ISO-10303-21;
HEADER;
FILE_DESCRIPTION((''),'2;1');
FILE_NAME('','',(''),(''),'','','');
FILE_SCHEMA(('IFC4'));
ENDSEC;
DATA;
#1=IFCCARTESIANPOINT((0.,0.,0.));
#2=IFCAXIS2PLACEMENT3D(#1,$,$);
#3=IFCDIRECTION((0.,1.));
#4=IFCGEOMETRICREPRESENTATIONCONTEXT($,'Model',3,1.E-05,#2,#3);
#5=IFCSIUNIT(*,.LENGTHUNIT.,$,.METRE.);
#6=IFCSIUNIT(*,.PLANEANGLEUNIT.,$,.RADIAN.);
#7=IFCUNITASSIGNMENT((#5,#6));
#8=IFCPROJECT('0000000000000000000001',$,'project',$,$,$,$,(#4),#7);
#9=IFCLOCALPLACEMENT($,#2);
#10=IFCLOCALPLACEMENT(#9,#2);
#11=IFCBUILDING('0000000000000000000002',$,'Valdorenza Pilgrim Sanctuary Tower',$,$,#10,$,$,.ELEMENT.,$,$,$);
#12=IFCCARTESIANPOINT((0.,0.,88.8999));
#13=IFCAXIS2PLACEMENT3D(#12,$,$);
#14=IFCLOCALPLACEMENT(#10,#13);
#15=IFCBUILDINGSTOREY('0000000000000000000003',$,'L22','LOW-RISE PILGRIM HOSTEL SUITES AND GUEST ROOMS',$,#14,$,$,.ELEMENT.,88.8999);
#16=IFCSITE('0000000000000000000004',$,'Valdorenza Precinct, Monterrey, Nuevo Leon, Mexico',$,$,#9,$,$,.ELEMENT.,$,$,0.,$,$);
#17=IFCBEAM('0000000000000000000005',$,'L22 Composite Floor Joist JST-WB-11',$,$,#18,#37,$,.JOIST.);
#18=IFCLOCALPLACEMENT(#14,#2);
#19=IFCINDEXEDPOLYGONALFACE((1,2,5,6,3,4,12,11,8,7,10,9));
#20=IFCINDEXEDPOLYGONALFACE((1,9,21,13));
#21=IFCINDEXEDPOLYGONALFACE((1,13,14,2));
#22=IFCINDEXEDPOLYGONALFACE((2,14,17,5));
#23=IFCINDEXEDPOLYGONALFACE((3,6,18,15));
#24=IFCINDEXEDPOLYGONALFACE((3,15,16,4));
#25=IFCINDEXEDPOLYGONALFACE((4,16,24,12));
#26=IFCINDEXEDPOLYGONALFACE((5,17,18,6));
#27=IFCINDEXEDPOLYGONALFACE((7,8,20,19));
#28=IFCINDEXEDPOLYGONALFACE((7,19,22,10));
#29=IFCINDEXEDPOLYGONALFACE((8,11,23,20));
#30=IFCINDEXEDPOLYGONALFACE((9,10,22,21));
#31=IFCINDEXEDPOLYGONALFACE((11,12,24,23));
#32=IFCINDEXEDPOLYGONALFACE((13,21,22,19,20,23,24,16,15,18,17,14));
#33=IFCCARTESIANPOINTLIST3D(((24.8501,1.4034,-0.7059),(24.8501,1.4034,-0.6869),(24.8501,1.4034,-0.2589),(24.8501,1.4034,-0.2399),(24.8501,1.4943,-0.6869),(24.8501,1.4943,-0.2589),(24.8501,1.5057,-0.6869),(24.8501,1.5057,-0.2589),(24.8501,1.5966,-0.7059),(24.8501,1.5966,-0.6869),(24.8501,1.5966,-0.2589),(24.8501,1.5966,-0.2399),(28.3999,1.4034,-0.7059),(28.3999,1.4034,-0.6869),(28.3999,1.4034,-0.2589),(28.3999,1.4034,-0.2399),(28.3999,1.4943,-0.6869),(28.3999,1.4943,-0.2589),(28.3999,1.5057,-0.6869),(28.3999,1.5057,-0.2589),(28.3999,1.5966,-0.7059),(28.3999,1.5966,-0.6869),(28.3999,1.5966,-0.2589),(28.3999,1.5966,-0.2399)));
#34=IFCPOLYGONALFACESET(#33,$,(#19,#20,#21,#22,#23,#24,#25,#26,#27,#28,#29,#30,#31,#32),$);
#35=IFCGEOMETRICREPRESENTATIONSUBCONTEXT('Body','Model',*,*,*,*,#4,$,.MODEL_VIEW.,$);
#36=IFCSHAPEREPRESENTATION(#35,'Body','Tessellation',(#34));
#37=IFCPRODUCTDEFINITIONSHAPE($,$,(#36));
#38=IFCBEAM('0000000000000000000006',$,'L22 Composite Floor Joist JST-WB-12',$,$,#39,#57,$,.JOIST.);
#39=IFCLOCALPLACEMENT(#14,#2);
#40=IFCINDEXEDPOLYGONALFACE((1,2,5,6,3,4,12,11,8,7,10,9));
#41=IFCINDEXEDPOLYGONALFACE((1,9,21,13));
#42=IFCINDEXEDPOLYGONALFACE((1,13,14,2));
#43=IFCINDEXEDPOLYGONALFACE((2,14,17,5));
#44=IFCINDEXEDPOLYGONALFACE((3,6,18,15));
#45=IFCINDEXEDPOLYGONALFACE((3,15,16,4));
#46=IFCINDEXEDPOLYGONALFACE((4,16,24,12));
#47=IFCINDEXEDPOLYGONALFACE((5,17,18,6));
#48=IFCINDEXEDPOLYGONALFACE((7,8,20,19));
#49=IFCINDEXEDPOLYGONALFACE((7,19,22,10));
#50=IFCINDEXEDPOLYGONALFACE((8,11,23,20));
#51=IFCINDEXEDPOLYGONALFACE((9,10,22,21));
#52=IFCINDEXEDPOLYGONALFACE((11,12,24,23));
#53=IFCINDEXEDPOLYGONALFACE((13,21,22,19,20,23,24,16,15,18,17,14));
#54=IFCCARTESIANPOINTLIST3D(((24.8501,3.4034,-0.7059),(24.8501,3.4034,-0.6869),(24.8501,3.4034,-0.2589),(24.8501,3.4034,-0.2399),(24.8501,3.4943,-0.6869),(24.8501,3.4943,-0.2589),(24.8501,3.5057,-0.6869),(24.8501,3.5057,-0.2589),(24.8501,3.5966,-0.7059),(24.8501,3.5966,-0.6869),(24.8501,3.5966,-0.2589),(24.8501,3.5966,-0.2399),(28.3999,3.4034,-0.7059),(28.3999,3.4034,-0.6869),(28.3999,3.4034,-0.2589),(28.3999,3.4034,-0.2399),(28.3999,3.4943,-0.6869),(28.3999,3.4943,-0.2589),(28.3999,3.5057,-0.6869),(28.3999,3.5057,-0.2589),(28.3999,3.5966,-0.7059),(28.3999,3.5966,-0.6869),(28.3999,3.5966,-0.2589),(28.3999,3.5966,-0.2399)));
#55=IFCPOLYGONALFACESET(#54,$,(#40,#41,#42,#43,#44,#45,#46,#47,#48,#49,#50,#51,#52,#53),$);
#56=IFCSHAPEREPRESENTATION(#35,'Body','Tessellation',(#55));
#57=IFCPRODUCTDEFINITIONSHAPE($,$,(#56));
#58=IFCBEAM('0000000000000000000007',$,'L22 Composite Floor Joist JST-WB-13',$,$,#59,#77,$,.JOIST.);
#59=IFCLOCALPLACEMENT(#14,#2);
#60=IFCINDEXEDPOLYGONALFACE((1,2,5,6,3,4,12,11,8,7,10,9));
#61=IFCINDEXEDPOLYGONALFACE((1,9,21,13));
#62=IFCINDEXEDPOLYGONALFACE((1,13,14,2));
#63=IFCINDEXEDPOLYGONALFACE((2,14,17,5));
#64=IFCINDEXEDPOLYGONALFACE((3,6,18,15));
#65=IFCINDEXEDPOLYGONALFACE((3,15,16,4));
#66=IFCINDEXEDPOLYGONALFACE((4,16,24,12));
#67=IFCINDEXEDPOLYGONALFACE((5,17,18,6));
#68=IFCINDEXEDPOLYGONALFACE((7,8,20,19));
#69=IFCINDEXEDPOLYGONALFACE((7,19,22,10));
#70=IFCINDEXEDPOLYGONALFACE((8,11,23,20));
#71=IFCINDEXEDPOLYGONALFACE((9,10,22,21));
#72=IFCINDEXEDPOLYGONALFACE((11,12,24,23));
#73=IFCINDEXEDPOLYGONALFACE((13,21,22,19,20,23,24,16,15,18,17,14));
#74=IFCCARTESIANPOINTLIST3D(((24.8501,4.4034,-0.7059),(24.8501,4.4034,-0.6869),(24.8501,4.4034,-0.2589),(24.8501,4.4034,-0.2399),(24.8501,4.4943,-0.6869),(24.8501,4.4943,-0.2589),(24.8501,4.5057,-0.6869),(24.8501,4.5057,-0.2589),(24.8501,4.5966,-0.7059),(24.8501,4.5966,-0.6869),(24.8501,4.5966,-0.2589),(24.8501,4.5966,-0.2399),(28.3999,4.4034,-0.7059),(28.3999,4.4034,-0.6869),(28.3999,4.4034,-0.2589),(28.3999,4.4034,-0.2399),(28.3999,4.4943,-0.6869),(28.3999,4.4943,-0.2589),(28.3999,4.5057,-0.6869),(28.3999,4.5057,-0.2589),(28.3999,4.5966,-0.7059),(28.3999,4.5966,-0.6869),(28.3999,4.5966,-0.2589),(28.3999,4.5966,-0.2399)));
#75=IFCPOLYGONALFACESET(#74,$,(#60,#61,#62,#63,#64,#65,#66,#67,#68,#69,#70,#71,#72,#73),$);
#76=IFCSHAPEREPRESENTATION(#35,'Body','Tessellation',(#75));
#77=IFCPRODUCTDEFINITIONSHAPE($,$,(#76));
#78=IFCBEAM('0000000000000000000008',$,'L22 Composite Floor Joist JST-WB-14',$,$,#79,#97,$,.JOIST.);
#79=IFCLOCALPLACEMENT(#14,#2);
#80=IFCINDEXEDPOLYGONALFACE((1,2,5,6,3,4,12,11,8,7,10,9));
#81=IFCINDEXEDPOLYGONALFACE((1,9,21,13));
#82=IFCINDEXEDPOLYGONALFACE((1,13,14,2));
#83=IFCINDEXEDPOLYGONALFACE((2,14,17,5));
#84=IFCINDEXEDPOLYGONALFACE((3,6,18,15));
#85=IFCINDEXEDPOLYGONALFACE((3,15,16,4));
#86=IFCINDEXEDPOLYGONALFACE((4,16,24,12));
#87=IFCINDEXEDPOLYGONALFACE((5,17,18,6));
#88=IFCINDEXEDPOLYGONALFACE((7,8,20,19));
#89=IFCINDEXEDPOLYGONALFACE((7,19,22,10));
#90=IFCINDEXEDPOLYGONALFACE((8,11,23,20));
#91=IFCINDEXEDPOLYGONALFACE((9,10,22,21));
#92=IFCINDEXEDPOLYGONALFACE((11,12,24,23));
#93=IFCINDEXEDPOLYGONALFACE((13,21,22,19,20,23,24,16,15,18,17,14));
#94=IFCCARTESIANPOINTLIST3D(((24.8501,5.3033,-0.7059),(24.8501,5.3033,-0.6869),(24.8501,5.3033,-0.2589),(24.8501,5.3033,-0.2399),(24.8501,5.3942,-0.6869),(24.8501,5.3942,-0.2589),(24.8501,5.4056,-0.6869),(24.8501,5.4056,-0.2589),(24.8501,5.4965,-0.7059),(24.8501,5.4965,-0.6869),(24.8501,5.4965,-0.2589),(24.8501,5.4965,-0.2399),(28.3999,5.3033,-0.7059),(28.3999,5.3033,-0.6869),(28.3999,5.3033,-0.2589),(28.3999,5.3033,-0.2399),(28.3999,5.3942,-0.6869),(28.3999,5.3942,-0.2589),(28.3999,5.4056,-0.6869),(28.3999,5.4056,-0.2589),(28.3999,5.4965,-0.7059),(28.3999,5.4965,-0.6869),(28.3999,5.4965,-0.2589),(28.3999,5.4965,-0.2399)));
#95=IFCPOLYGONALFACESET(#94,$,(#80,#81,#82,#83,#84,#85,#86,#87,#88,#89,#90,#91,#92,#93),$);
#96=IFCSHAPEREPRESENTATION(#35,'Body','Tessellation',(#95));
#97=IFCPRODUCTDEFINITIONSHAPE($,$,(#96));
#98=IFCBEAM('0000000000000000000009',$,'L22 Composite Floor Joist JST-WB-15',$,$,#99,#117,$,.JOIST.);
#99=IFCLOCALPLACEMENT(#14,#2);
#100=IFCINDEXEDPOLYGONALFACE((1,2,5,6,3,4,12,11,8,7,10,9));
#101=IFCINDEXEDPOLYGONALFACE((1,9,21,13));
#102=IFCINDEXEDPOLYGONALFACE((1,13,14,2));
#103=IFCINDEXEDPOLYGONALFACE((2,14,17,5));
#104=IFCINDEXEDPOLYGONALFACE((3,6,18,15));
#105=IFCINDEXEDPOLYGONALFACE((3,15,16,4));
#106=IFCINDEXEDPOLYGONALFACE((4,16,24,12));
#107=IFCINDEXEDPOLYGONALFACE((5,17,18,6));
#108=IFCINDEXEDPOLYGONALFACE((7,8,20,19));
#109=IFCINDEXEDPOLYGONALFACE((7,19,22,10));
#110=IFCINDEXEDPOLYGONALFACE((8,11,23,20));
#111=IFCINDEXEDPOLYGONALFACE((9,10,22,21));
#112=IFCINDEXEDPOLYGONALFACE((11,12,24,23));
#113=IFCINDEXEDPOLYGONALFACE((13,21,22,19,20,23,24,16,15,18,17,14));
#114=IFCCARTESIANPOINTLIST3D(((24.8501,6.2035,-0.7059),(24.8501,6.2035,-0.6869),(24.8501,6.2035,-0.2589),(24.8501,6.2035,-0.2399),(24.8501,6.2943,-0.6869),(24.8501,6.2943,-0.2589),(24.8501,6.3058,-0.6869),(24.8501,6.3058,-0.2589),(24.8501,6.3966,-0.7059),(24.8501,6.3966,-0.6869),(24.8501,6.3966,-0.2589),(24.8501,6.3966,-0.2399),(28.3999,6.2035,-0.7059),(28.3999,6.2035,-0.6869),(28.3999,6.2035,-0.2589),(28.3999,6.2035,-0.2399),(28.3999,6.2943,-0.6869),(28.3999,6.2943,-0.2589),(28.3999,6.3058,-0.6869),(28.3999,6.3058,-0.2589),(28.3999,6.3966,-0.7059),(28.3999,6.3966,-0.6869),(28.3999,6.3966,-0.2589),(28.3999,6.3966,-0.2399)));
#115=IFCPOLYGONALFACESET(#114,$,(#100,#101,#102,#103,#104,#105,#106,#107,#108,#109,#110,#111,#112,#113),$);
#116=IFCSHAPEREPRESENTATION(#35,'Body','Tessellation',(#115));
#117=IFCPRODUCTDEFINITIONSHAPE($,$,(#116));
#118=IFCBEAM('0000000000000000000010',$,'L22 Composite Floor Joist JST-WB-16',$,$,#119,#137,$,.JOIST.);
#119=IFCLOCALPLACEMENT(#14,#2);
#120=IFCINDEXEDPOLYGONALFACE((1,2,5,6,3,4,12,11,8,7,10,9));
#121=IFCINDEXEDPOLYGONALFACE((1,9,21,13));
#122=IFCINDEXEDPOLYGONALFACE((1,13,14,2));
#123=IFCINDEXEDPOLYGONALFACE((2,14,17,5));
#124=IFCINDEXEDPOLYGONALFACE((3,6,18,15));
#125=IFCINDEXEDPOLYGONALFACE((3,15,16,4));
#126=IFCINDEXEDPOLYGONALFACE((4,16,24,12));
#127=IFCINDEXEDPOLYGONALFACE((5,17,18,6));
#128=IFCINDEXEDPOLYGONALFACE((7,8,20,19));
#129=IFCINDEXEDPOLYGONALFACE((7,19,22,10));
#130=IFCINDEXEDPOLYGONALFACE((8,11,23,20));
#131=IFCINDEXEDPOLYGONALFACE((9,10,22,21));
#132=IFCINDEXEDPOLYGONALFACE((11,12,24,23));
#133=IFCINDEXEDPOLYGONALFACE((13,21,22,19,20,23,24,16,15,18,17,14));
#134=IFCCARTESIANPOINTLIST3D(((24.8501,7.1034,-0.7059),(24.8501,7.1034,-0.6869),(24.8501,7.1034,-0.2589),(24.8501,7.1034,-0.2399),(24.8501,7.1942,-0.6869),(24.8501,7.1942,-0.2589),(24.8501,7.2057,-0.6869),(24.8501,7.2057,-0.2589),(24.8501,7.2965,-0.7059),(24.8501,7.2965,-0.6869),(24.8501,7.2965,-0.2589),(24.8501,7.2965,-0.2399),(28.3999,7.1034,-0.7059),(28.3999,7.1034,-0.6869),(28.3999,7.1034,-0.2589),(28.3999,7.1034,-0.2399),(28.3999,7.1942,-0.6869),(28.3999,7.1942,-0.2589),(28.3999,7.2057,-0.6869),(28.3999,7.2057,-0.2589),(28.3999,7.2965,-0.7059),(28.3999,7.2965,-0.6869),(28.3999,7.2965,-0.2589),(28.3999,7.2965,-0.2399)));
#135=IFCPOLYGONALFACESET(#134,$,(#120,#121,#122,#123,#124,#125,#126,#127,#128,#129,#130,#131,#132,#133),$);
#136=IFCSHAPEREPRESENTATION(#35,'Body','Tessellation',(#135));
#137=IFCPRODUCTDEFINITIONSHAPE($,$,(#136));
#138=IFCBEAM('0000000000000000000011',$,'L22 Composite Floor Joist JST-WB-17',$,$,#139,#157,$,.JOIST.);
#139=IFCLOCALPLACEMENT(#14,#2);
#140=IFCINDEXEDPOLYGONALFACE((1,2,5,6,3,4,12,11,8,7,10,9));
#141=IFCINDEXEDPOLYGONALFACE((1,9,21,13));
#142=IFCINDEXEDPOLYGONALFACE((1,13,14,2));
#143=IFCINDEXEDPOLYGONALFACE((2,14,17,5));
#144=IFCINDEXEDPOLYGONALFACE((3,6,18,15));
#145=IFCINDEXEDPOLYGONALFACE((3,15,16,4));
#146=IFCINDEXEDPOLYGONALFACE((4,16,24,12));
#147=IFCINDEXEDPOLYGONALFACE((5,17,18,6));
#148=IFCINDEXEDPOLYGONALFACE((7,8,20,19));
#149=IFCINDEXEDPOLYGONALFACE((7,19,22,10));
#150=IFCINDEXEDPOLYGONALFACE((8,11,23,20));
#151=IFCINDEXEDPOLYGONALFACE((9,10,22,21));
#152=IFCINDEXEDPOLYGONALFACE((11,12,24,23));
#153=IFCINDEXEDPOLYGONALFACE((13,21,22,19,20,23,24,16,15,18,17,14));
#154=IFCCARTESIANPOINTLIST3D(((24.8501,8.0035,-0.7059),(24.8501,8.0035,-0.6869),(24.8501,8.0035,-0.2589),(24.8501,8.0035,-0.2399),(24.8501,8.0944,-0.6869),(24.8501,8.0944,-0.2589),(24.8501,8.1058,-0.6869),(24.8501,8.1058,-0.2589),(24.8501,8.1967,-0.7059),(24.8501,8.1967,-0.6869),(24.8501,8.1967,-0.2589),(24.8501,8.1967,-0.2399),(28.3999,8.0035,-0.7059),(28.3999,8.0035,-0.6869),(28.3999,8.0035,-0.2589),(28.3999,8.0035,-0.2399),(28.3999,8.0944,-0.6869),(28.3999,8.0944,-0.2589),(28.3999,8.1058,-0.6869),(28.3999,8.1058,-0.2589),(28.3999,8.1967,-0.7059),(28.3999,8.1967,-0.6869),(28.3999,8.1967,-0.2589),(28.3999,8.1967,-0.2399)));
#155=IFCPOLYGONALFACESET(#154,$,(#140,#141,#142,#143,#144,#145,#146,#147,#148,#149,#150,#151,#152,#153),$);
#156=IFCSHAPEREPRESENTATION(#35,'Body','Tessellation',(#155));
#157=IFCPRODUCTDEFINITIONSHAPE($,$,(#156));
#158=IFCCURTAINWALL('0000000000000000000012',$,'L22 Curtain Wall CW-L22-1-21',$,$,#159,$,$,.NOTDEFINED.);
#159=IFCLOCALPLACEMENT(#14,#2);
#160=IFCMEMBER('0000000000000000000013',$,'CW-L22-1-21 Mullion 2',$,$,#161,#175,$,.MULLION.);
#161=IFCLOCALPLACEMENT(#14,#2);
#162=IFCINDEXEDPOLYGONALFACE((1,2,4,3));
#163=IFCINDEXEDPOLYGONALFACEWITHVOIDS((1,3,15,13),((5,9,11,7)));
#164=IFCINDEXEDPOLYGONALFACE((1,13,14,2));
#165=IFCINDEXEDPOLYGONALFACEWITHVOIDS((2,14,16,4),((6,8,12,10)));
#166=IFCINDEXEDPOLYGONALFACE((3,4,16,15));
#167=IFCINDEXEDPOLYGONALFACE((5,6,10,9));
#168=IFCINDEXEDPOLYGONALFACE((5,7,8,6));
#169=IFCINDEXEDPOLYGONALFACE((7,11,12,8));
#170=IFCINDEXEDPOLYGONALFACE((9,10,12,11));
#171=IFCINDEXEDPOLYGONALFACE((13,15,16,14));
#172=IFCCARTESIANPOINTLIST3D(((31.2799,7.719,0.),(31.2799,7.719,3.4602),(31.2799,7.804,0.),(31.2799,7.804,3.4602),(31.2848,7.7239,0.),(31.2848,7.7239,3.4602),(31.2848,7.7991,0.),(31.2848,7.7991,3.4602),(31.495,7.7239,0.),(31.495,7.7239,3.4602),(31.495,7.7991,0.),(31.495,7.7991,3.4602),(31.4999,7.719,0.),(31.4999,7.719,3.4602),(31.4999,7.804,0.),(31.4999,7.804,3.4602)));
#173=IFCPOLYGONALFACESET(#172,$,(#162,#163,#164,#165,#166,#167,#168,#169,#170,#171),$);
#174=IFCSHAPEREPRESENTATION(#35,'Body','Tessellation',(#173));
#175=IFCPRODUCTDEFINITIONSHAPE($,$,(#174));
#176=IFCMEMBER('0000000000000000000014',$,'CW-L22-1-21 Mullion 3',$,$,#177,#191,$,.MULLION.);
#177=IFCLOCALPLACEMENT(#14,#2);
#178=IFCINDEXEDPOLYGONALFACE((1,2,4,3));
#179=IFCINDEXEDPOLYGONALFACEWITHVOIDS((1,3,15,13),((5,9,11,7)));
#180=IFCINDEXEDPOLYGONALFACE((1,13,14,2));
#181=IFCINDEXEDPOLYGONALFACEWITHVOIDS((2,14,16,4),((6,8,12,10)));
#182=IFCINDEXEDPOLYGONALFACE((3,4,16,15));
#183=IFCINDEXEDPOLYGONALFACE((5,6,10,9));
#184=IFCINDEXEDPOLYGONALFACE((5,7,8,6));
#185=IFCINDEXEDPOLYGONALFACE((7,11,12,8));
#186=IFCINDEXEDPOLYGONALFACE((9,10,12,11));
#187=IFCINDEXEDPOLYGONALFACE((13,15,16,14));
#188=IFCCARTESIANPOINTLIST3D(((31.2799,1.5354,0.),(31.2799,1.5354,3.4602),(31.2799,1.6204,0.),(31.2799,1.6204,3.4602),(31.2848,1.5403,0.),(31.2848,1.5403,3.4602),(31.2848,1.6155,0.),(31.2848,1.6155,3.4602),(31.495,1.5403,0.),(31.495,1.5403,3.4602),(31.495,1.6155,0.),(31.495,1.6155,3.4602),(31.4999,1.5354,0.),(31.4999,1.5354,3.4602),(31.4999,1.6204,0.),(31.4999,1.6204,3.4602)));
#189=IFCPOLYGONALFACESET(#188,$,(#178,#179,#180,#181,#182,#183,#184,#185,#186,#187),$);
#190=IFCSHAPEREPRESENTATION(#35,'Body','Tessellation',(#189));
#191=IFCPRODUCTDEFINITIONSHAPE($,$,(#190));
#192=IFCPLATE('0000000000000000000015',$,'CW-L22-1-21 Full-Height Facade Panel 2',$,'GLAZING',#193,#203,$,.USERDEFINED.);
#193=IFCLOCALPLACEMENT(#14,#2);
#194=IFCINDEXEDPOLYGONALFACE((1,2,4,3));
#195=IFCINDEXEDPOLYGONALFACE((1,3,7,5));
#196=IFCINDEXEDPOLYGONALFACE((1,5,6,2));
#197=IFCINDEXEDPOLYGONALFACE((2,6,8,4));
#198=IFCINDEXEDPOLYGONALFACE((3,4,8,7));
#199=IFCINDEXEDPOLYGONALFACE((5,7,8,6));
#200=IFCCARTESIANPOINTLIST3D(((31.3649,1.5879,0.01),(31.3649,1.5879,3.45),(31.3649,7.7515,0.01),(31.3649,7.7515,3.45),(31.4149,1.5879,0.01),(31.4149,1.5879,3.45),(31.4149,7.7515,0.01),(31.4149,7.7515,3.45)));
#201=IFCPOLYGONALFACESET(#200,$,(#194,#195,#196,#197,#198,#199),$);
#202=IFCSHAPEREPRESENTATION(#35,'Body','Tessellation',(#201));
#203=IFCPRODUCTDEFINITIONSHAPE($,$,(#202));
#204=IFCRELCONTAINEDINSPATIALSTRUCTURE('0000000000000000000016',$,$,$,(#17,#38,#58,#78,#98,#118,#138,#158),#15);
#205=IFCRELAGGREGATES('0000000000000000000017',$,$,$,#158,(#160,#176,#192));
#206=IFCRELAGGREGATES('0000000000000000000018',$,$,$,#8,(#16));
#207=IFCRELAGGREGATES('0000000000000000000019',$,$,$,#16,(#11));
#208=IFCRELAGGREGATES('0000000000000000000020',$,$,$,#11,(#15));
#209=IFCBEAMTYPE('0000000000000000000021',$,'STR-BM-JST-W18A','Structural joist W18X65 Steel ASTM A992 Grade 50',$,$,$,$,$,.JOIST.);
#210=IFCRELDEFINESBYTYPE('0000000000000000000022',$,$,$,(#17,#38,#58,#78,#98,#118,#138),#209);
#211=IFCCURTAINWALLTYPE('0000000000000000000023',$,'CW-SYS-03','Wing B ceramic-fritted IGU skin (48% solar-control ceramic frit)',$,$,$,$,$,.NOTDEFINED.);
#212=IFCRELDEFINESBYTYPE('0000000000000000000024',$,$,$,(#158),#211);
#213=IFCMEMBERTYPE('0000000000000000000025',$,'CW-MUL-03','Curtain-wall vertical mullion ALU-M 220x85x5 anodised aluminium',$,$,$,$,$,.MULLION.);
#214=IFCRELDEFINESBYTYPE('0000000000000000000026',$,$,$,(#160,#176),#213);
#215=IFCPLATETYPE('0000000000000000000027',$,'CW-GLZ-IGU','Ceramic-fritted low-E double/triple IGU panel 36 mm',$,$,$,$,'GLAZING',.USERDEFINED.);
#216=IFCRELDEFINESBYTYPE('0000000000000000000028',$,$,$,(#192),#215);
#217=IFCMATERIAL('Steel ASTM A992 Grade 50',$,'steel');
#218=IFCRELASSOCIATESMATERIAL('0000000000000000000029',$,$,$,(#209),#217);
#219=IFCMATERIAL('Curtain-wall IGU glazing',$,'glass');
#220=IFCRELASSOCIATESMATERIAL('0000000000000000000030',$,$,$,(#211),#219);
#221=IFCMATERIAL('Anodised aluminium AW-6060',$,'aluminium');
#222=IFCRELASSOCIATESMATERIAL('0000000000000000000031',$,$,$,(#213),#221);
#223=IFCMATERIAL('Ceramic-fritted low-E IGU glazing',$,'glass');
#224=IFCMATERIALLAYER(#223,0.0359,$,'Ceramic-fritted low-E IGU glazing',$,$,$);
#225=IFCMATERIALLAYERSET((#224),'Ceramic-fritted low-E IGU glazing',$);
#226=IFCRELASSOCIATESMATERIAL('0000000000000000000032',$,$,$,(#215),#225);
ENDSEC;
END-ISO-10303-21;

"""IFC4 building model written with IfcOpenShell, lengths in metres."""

from ifc_helpers import new_model, si_unit, direction, frame, origin, origin_2d, place, context, subcontext, project, spatial, rectangle, hollow_rectangle, i_section, extrude, source, transform, mapped, material, layer, layer_set, material_profile, profile_set, type_object, element, aggregate, save


model = new_model("IFC4")

# Units and contexts
model_context = context("Model", 3, precision=1e-05, world=origin(), true_north=direction((0.0, 1.0)))
body_context = subcontext(model_context, "Body", "Model", "MODEL_VIEW")
ifc_project = project(units=[si_unit("LENGTHUNIT", "METRE"), si_unit("PLANEANGLEUNIT", "RADIAN")], contexts=[model_context])

# Site, building, storey
site_placement = place(None, origin())
site = spatial("IfcSite", under=ifc_project, at=site_placement, Name="Valdorenza Precinct, Monterrey, Nuevo Leon, Mexico", CompositionType="ELEMENT", RefElevation=0.0)
building_placement = place(site_placement, origin())
building = spatial("IfcBuilding", under=site, at=building_placement, Name="Valdorenza Pilgrim Sanctuary Tower", CompositionType="ELEMENT")
storey_placement = place(building_placement, frame((0.0, 0.0, 88.8999)))
storey = spatial("IfcBuildingStorey", under=building, at=storey_placement, Name="L22", Description="LOW-RISE PILGRIM HOSTEL SUITES AND GUEST ROOMS", CompositionType="ELEMENT", Elevation=88.8999)

# Beams
ifc_material_1 = material(Name="Steel ASTM A992 Grade 50", Category="steel")
ifc_material_profile_1 = material_profile(ifc_material_1, i_section(OverallWidth=0.1931, OverallDepth=0.4661, WebThickness=0.0115, FlangeThickness=0.019, at=origin_2d()), Name="W18X65")
ifc_profile_set_1 = profile_set([ifc_material_profile_1], Name="Steel ASTM A992 Grade 50")
beam_type = type_object("IfcBeamType", Name="STR-BM-JST-W18A", Description="Structural joist W18X65 Steel ASTM A992 Grade 50", PredefinedType="JOIST", material=ifc_profile_set_1)
shared_shape_1 = source(origin(), body_context, "Body", "SweptSolid", [
    extrude(i_section(OverallWidth=0.1931, OverallDepth=0.4661, WebThickness=0.0115, FlangeThickness=0.019, at=origin_2d()), origin(), (0.0, 0.0, 1.0), 3.5498),
])
for number, where, z_axis, x_axis, name in (
    (1, (24.8501, 1.5, -0.4729), (1.0, 0.0, 0.0), (0.0, 1.0, 0.0), "L22 Composite Floor Joist JST-WB-11"),
    (2, (24.8501, 3.5, -0.4729), (1.0, 0.0, 0.0), (0.0, 1.0, 0.0), "L22 Composite Floor Joist JST-WB-12"),
    (3, (24.8501, 4.5, -0.4729), (1.0, 0.0, 0.0), (0.0, 1.0, 0.0), "L22 Composite Floor Joist JST-WB-13"),
    (4, (24.8501, 5.3999, -0.4729), (1.0, 0.0, 0.0), (0.0, 1.0, 0.0), "L22 Composite Floor Joist JST-WB-14"),
    (5, (24.8501, 6.3, -0.4729), (1.0, 0.0, 0.0), (0.0, 1.0, 0.0), "L22 Composite Floor Joist JST-WB-15"),
    (6, (24.8501, 7.2, -0.4729), (1.0, 0.0, 0.0), (0.0, 1.0, 0.0), "L22 Composite Floor Joist JST-WB-16"),
    (7, (24.8501, 8.1001, -0.4729), (1.0, 0.0, 0.0), (0.0, 1.0, 0.0), "L22 Composite Floor Joist JST-WB-17"),
):
    element("IfcBeam", number, at=place(storey_placement, frame(where, z_axis=z_axis, x_axis=x_axis)), inside=storey, type_object=beam_type, Name=name, PredefinedType="JOIST", context=body_context, shape_type="MappedRepresentation", body=[
        mapped(shared_shape_1, transform((0.0, 0.0, 0.0), x_axis=(1.0, 0.0, 0.0), y_axis=(0.0, 1.0, 0.0), z_axis=(0.0, 0.0, 1.0), scale=1.0)),
    ])

# Curtain wall, members, plate
ifc_material_2 = material(Name="Curtain-wall IGU glazing", Category="glass")
curtain_wall_type = type_object("IfcCurtainWallType", Name="CW-SYS-03", Description="Wing B ceramic-fritted IGU skin (48% solar-control ceramic frit)", PredefinedType="NOTDEFINED", material=ifc_material_2)
curtain_wall_placement = place(storey_placement, origin())
curtain_wall = element("IfcCurtainWall", 8, at=curtain_wall_placement, inside=storey, type_object=curtain_wall_type, Name="L22 Curtain Wall CW-L22-1-21", PredefinedType="NOTDEFINED")
ifc_material_3 = material(Name="Anodised aluminium AW-6060", Category="aluminium")
ifc_material_profile_2 = material_profile(ifc_material_3, hollow_rectangle(XDim=0.085, YDim=0.22, WallThickness=0.0049, at=origin_2d()), Name="ALU-M 220x85x5")
ifc_profile_set_2 = profile_set([ifc_material_profile_2], Name="Anodised aluminium AW-6060")
member_type = type_object("IfcMemberType", Name="CW-MUL-03", Description="Curtain-wall vertical mullion ALU-M 220x85x5 anodised aluminium", PredefinedType="MULLION", material=ifc_profile_set_2)
shared_shape_2 = source(origin(), body_context, "Body", "SweptSolid", [
    extrude(hollow_rectangle(XDim=0.085, YDim=0.22, WallThickness=0.0049, at=origin_2d()), origin(), (0.0, 0.0, 1.0), 3.4602),
])
member_1_placement = place(storey_placement, frame((31.3899, 7.7615, 0.0), z_axis=(0.0, 0.0, 1.0), x_axis=(0.0, -1.0, 0.0)))
member_1 = element("IfcMember", 9, at=member_1_placement, type_object=member_type, Name="CW-L22-1-21 Mullion 2", PredefinedType="MULLION", context=body_context, shape_type="MappedRepresentation", body=[
    mapped(shared_shape_2, transform((0.0, 0.0, 0.0), x_axis=(1.0, 0.0, 0.0), y_axis=(0.0, 1.0, 0.0), z_axis=(0.0, 0.0, 1.0), scale=1.0)),
])
member_2_placement = place(storey_placement, frame((31.3899, 1.5779, 0.0), z_axis=(0.0, 0.0, 1.0), x_axis=(0.0, -1.0, 0.0)))
member_2 = element("IfcMember", 10, at=member_2_placement, type_object=member_type, Name="CW-L22-1-21 Mullion 3", PredefinedType="MULLION", context=body_context, shape_type="MappedRepresentation", body=[
    mapped(shared_shape_2, transform((0.0, 0.0, 0.0), x_axis=(1.0, 0.0, 0.0), y_axis=(0.0, 1.0, 0.0), z_axis=(0.0, 0.0, 1.0), scale=1.0)),
])
ifc_material_4 = material(Name="Ceramic-fritted low-E IGU glazing", Category="glass")
ifc_layer_1 = layer(ifc_material_4, 0.0359, Name="Ceramic-fritted low-E IGU glazing")
ifc_layer_set_1 = layer_set([ifc_layer_1], Name="Ceramic-fritted low-E IGU glazing")
plate_type = type_object("IfcPlateType", Name="CW-GLZ-IGU", Description="Ceramic-fritted low-E double/triple IGU panel 36 mm", ElementType="GLAZING", PredefinedType="USERDEFINED", material=ifc_layer_set_1)
shared_shape_3 = source(origin(), body_context, "Body", "SweptSolid", [
    extrude(rectangle(XDim=6.1636, YDim=0.05, at=origin_2d()), origin(), (0.0, 0.0, 1.0), 3.4399),
])
plate_placement = place(storey_placement, frame((31.3899, 4.6697, 0.01), z_axis=(0.0, 0.0, 1.0), x_axis=(0.0, -1.0, 0.0)))
plate = element("IfcPlate", 11, at=plate_placement, type_object=plate_type, Name="CW-L22-1-21 Full-Height Facade Panel 2", ObjectType="GLAZING", PredefinedType="USERDEFINED", context=body_context, shape_type="MappedRepresentation", body=[
    mapped(shared_shape_3, transform((0.0, 0.0, 0.0), x_axis=(1.0, 0.0, 0.0), y_axis=(0.0, 1.0, 0.0), z_axis=(0.0, 0.0, 1.0), scale=1.0)),
])
aggregate(curtain_wall, [member_1, member_2, plate])

save(model, "model.ifc")
